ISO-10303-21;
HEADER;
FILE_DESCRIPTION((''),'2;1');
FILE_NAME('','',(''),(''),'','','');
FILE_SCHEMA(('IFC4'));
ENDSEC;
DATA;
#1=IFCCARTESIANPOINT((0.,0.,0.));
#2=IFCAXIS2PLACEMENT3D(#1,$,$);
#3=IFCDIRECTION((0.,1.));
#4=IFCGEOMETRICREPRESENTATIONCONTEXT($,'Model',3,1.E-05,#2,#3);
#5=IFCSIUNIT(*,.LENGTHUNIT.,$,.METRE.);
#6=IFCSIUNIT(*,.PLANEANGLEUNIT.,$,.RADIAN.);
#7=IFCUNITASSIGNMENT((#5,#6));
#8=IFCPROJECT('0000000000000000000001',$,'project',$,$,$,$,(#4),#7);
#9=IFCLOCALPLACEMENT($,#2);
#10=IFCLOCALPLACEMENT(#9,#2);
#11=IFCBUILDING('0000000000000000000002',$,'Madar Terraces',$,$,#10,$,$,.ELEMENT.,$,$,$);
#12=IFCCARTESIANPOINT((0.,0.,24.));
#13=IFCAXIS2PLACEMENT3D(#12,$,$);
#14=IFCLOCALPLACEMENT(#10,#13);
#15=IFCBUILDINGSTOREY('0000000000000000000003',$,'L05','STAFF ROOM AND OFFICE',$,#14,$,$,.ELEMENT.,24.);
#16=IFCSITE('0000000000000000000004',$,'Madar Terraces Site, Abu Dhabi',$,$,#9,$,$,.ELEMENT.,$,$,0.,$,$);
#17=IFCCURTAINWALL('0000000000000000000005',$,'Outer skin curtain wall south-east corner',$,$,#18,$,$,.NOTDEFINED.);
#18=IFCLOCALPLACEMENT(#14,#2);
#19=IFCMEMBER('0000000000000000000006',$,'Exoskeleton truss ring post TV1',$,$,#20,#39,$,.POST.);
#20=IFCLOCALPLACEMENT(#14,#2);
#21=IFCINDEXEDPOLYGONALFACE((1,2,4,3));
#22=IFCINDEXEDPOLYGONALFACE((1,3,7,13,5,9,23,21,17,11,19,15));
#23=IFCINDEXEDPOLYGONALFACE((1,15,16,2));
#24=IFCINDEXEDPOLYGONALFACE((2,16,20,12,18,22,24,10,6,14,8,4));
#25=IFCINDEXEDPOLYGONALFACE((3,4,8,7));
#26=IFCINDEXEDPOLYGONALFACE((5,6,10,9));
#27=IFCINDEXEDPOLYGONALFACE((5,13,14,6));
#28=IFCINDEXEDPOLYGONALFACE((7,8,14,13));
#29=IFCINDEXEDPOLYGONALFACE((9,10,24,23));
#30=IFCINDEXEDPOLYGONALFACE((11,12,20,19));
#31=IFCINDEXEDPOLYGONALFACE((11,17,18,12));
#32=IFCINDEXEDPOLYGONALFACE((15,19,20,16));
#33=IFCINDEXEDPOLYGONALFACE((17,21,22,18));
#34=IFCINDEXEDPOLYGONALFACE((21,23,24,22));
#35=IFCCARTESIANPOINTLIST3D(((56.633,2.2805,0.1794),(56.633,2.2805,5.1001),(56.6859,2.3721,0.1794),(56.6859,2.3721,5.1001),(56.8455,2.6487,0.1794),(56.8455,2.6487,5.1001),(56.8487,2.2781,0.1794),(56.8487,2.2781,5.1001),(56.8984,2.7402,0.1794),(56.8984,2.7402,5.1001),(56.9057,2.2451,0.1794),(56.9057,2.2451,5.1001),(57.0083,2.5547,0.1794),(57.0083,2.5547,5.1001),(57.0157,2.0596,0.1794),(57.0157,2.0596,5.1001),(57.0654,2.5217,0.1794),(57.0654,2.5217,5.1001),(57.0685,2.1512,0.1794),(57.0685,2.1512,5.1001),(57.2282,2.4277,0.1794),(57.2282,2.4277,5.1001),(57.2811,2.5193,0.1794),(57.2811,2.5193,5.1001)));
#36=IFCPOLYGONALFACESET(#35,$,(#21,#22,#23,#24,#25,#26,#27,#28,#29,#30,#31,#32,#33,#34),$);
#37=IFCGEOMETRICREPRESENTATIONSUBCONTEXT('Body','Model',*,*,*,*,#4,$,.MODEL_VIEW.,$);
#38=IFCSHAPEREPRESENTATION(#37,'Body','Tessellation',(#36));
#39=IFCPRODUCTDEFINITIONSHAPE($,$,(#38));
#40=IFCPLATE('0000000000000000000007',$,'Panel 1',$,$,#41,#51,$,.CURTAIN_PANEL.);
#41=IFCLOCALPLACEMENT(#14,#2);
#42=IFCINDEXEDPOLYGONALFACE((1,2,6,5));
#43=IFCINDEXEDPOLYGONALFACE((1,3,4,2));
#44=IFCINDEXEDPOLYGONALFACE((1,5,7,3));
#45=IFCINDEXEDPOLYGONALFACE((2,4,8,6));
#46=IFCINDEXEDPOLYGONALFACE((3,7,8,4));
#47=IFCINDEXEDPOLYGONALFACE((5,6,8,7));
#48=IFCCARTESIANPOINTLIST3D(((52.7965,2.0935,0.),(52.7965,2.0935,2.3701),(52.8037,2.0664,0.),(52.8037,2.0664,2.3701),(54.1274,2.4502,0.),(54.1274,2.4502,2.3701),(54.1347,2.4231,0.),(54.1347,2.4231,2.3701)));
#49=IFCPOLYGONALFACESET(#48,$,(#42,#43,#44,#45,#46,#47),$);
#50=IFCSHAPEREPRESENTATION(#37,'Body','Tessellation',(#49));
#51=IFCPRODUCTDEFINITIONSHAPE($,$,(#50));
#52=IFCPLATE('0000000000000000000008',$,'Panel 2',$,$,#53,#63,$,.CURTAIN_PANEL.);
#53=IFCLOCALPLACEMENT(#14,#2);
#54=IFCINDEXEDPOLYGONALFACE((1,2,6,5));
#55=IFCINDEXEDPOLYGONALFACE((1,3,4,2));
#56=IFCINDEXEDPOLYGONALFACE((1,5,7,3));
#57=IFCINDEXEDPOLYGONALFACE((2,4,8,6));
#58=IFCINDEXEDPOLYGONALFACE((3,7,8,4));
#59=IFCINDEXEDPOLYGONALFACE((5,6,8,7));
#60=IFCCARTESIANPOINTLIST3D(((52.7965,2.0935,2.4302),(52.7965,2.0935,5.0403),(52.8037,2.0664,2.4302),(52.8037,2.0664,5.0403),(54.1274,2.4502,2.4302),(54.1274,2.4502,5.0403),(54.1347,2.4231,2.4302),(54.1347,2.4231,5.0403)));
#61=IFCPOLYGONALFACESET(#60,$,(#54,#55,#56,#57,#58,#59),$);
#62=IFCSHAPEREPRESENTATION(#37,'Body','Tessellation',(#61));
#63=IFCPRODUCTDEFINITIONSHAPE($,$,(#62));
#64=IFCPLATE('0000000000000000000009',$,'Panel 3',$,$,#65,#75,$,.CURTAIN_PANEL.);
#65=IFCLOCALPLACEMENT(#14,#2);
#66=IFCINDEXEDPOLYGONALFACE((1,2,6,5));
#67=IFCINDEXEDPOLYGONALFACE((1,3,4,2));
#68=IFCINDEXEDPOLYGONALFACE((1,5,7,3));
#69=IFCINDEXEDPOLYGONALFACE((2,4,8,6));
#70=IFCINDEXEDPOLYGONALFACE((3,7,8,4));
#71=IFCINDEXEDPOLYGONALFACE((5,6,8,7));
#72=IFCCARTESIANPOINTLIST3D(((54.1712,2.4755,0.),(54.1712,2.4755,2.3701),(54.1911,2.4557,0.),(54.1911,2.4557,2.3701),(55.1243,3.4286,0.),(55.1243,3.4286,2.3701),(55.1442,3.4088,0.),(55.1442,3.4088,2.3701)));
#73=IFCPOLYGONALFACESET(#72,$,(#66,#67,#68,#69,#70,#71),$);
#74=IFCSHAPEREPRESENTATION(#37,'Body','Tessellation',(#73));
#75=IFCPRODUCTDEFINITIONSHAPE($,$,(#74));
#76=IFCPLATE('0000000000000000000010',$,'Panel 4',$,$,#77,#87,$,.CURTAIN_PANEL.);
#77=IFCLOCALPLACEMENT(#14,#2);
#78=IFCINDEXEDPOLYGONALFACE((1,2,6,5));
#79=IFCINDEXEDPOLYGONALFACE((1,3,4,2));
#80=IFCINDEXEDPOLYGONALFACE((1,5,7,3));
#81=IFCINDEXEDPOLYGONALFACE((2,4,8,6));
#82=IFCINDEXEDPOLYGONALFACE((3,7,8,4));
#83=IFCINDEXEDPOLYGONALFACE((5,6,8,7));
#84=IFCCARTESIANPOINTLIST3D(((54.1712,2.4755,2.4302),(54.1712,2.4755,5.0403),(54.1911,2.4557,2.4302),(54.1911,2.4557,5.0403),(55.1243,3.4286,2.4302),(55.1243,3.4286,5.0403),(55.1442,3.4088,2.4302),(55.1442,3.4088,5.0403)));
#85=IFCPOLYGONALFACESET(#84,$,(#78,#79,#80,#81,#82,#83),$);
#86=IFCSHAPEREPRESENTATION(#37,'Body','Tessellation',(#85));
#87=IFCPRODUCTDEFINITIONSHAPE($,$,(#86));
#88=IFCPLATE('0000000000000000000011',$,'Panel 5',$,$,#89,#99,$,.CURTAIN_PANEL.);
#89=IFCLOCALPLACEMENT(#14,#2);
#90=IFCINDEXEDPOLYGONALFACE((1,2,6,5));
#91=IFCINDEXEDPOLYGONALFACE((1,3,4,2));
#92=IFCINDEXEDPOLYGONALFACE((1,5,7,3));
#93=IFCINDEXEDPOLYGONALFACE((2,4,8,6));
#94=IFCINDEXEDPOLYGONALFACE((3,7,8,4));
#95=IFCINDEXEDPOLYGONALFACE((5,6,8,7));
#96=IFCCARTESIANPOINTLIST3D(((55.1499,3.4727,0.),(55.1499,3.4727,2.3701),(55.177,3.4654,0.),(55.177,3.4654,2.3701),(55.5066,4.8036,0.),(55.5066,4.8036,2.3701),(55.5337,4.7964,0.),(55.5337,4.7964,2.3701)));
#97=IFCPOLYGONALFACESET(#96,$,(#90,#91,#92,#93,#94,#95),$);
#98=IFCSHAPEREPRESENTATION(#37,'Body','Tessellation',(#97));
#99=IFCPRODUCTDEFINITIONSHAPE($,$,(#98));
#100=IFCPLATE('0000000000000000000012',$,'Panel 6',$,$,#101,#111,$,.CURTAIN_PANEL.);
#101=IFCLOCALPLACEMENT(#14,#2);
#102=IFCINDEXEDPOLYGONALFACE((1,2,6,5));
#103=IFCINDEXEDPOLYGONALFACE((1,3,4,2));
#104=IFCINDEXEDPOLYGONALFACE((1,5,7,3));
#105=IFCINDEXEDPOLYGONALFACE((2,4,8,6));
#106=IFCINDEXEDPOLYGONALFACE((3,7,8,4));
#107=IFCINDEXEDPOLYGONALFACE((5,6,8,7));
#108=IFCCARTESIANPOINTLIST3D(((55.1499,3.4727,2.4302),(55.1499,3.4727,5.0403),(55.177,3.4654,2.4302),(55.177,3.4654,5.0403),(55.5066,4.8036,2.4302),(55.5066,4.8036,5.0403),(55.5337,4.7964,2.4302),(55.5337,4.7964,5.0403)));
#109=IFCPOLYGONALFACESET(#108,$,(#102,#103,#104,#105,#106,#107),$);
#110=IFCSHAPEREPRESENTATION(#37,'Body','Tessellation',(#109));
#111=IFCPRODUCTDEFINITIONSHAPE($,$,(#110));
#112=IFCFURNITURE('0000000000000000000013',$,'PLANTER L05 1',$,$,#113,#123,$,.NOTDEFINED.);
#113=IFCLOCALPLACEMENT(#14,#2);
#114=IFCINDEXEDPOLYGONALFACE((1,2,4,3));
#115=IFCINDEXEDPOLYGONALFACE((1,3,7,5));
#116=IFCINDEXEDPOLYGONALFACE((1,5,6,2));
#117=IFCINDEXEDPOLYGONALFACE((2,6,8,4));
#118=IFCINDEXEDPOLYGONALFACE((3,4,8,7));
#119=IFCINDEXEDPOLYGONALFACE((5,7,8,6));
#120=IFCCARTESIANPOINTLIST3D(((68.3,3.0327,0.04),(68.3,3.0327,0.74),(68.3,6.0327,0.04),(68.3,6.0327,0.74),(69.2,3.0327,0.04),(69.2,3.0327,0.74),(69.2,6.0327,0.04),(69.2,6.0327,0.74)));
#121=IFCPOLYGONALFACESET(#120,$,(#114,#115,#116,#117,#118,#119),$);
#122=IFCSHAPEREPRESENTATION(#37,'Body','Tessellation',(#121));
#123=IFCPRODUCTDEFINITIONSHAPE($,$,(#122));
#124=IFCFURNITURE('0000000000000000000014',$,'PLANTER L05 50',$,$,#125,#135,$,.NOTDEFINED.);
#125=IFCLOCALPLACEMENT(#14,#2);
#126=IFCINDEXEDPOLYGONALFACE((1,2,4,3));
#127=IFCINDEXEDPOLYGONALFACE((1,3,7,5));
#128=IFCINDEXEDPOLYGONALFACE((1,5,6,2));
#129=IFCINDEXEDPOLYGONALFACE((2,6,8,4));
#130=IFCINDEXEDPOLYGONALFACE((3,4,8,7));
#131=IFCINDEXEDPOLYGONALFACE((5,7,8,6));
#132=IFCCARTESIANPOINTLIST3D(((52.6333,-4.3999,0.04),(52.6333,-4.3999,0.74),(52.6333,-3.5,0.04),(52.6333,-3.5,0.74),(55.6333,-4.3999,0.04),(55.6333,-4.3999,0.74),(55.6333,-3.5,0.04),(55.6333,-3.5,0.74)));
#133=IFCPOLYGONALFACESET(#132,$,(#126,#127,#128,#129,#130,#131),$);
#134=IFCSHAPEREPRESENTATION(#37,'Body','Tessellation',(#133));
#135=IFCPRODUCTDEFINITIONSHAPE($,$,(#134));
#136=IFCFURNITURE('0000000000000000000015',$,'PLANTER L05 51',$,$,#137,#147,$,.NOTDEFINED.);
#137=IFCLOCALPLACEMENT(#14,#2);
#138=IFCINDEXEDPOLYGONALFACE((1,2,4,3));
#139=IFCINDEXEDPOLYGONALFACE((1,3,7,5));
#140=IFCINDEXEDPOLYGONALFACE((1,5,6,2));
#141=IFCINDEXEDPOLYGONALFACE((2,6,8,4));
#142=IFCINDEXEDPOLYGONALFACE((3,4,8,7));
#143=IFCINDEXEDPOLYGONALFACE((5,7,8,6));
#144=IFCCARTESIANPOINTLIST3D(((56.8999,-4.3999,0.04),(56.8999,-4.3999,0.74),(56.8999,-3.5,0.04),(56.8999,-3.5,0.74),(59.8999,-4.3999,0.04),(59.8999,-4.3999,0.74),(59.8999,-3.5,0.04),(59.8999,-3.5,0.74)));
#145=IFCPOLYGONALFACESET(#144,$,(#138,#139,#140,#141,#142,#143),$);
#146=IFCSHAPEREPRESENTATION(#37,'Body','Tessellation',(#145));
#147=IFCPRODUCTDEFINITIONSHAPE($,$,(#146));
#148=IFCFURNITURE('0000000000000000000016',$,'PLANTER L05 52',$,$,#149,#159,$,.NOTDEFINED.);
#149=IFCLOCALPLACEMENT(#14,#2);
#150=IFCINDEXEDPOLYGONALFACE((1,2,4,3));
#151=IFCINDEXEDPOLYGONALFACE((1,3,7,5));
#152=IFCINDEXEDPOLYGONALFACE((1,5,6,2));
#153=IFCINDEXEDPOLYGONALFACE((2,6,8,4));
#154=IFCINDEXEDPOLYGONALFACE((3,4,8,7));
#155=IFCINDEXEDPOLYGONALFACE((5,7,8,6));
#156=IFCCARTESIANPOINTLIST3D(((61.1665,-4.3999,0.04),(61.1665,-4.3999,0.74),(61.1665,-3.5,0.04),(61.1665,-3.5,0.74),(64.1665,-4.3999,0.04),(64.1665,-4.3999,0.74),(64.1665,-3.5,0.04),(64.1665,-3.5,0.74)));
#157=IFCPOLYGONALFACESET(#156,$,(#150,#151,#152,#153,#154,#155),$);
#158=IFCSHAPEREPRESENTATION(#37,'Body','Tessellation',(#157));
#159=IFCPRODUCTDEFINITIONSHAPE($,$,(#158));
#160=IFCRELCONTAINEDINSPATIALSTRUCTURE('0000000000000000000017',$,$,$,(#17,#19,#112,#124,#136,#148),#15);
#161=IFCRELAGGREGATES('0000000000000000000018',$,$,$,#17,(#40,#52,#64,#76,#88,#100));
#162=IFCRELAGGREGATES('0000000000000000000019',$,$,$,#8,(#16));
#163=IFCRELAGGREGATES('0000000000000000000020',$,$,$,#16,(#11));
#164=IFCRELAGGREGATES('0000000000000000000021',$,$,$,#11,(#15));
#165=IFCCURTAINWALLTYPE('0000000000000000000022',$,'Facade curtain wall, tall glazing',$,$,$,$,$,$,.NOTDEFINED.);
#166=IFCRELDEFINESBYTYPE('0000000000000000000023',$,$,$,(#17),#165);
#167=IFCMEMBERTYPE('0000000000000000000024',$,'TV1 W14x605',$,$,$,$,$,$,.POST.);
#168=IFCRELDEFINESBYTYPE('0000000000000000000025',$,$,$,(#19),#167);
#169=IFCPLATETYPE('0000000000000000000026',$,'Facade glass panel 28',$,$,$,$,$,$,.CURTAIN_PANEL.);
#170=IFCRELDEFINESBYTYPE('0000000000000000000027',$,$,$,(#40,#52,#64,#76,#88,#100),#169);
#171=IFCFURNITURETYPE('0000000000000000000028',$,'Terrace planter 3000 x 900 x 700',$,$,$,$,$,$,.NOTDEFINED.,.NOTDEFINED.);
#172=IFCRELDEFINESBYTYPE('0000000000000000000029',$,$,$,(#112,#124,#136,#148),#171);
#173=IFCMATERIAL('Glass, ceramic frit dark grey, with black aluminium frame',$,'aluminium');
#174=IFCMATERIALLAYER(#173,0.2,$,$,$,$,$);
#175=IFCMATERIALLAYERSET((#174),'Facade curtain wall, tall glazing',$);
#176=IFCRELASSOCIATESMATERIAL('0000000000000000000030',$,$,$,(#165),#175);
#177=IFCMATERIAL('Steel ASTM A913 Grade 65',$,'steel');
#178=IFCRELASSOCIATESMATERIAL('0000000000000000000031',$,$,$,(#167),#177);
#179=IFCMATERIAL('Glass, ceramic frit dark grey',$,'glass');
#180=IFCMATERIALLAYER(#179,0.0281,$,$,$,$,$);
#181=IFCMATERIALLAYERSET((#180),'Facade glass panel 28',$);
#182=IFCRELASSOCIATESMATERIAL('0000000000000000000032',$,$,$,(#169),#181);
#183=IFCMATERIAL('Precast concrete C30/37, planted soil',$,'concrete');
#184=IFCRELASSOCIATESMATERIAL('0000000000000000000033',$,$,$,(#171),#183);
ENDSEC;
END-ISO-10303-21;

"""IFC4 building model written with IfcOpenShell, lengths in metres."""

from ifc_helpers import new_model, si_unit, direction, frame, origin, origin_2d, place, context, subcontext, project, spatial, rectangle, i_section, extrude, material, layer, layer_set, material_profile, profile_set, type_object, element, aggregate, save


model = new_model("IFC4")

# Units and contexts
model_context = context("Model", 3, precision=1e-05, world=origin(), true_north=direction((0.0, 1.0)))
body_context = subcontext(model_context, "Body", "Model", "MODEL_VIEW")
ifc_project = project(units=[si_unit("LENGTHUNIT", "METRE"), si_unit("PLANEANGLEUNIT", "RADIAN")], contexts=[model_context])

# Site, building, storey
site_placement = place(None, origin())
site = spatial("IfcSite", under=ifc_project, at=site_placement, Name="Madar Terraces Site, Abu Dhabi", CompositionType="ELEMENT", RefElevation=0.0)
building_placement = place(site_placement, origin())
building = spatial("IfcBuilding", under=site, at=building_placement, Name="Madar Terraces", CompositionType="ELEMENT")
storey_placement = place(building_placement, frame((0.0, 0.0, 24.0)))
storey = spatial("IfcBuildingStorey", under=building, at=storey_placement, Name="L05", Description="STAFF ROOM AND OFFICE", CompositionType="ELEMENT", Elevation=24.0)

# Curtain wall
ifc_material_1 = material(Name="Glass, ceramic frit dark grey, with black aluminium frame", Category="aluminium")
ifc_layer_1 = layer(ifc_material_1, 0.2)
ifc_layer_set_1 = layer_set([ifc_layer_1], Name="Facade curtain wall, tall glazing")
curtain_wall_type = type_object("IfcCurtainWallType", Name="Facade curtain wall, tall glazing", PredefinedType="NOTDEFINED", material=ifc_layer_set_1)
curtain_wall_1_placement = place(storey_placement, origin())
curtain_wall_1 = element("IfcCurtainWall", 1, at=curtain_wall_1_placement, inside=storey, type_object=curtain_wall_type, Name="Outer skin curtain wall south-east corner", PredefinedType="NOTDEFINED")

# Member
ifc_material_2 = material(Name="Steel ASTM A913 Grade 65", Category="steel")
ifc_material_profile_1 = material_profile(ifc_material_2, i_section(OverallWidth=0.4419, OverallDepth=0.5308, WebThickness=0.0659, FlangeThickness=0.1057, at=origin_2d()), Name="W14x605")
ifc_profile_set_1 = profile_set([ifc_material_profile_1], Name="Steel ASTM A913 Grade 65")
member_type_1 = type_object("IfcMemberType", Name="TV1 W14x605", PredefinedType="POST", material=ifc_profile_set_1)
for number, where, z_axis, x_axis, name in (
    (2, (56.957, 2.3999, 0.1794), (0.0, 0.0, 1.0), (-0.866025, 0.5, 0.0), "Exoskeleton truss ring post TV1"),
):
    element("IfcMember", number, at=place(storey_placement, frame(where, z_axis=z_axis, x_axis=x_axis)), inside=storey, type_object=member_type_1, Name=name, PredefinedType="POST", context=body_context, shape_type="SweptSolid", body=[
        extrude(i_section(OverallWidth=0.4419, OverallDepth=0.5308, WebThickness=0.0659, FlangeThickness=0.1057, at=origin_2d()), origin(), (0.0, 0.0, 1.0), 4.9207),
    ])

# Plates
ifc_material_3 = material(Name="Glass, ceramic frit dark grey", Category="glass")
ifc_layer_2 = layer(ifc_material_3, 0.0281)
ifc_layer_set_2 = layer_set([ifc_layer_2], Name="Facade glass panel 28")
plate_type = type_object("IfcPlateType", Name="Facade glass panel 28", PredefinedType="CURTAIN_PANEL", material=ifc_layer_set_2)
plate_1_placement = place(storey_placement, frame((53.4656, 2.2583, 0.0), z_axis=(0.0, 0.0, 1.0), x_axis=(0.965926, 0.258819, 0.0)))
plate_1 = element("IfcPlate", 3, at=plate_1_placement, type_object=plate_type, Name="Panel 1", PredefinedType="CURTAIN_PANEL", context=body_context, shape_type="SweptSolid", body=[
    extrude(rectangle(XDim=1.3779, YDim=0.0281, at=origin_2d()), origin(), (0.0, 0.0, 1.0), 2.3701),
])
plate_2_placement = place(storey_placement, frame((53.4656, 2.2583, 2.4302), z_axis=(0.0, 0.0, 1.0), x_axis=(0.965926, 0.258819, 0.0)))
plate_2 = element("IfcPlate", 4, at=plate_2_placement, type_object=plate_type, Name="Panel 2", PredefinedType="CURTAIN_PANEL", context=body_context, shape_type="SweptSolid", body=[
    extrude(rectangle(XDim=1.3779, YDim=0.0281, at=origin_2d()), origin(), (0.0, 0.0, 1.0), 2.6101),
])
plate_3_placement = place(storey_placement, frame((54.6577, 2.9421, 0.0), z_axis=(0.0, 0.0, 1.0), x_axis=(0.707107, 0.707107, 0.0)))
plate_3 = element("IfcPlate", 5, at=plate_3_placement, type_object=plate_type, Name="Panel 3", PredefinedType="CURTAIN_PANEL", context=body_context, shape_type="SweptSolid", body=[
    extrude(rectangle(XDim=1.3479, YDim=0.0281, at=origin_2d()), origin(), (0.0, 0.0, 1.0), 2.3701),
])
plate_4_placement = place(storey_placement, frame((54.6577, 2.9421, 2.4302), z_axis=(0.0, 0.0, 1.0), x_axis=(0.707107, 0.707107, 0.0)))
plate_4 = element("IfcPlate", 6, at=plate_4_placement, type_object=plate_type, Name="Panel 4", PredefinedType="CURTAIN_PANEL", context=body_context, shape_type="SweptSolid", body=[
    extrude(rectangle(XDim=1.3479, YDim=0.0281, at=origin_2d()), origin(), (0.0, 0.0, 1.0), 2.6101),
])
plate_5_placement = place(storey_placement, frame((55.3418, 4.1345, 0.0), z_axis=(0.0, 0.0, 1.0), x_axis=(0.258819, 0.965926, 0.0)))
plate_5 = element("IfcPlate", 7, at=plate_5_placement, type_object=plate_type, Name="Panel 5", PredefinedType="CURTAIN_PANEL", context=body_context, shape_type="SweptSolid", body=[
    extrude(rectangle(XDim=1.3779, YDim=0.0281, at=origin_2d()), origin(), (0.0, 0.0, 1.0), 2.3701),
])
plate_6_placement = place(storey_placement, frame((55.3418, 4.1345, 2.4302), z_axis=(0.0, 0.0, 1.0), x_axis=(0.258819, 0.965926, 0.0)))
plate_6 = element("IfcPlate", 8, at=plate_6_placement, type_object=plate_type, Name="Panel 6", PredefinedType="CURTAIN_PANEL", context=body_context, shape_type="SweptSolid", body=[
    extrude(rectangle(XDim=1.3779, YDim=0.0281, at=origin_2d()), origin(), (0.0, 0.0, 1.0), 2.6101),
])
aggregate(curtain_wall_1, [plate_1, plate_2, plate_3, plate_4, plate_5, plate_6])

# Furniture
ifc_material_4 = material(Name="Precast concrete C30/37, planted soil", Category="concrete")
furniture_type = type_object("IfcFurnitureType", Name="Terrace planter 3000 x 900 x 700", AssemblyPlace="NOTDEFINED", PredefinedType="NOTDEFINED", material=ifc_material_4)
for number, where, z_axis, x_axis, name in (
    (9, (68.75, 4.5327, 0.04), (0.0, 0.0, 1.0), (0.0, 1.0, 0.0), "PLANTER L05 1"),
    (10, (54.1333, -3.95, 0.04), (0.0, 0.0, 1.0), (1.0, 0.0, 0.0), "PLANTER L05 50"),
    (11, (58.3999, -3.95, 0.04), (0.0, 0.0, 1.0), (1.0, 0.0, 0.0), "PLANTER L05 51"),
    (12, (62.6665, -3.95, 0.04), (0.0, 0.0, 1.0), (1.0, 0.0, 0.0), "PLANTER L05 52"),
):
    element("IfcFurniture", number, at=place(storey_placement, frame(where, z_axis=z_axis, x_axis=x_axis)), inside=storey, type_object=furniture_type, Name=name, PredefinedType="NOTDEFINED", context=body_context, shape_type="SweptSolid", body=[
        extrude(rectangle(XDim=3.0, YDim=0.8999, at=origin_2d()), origin(), (0.0, 0.0, 1.0), 0.7),
    ])

save(model, "model.ifc")
